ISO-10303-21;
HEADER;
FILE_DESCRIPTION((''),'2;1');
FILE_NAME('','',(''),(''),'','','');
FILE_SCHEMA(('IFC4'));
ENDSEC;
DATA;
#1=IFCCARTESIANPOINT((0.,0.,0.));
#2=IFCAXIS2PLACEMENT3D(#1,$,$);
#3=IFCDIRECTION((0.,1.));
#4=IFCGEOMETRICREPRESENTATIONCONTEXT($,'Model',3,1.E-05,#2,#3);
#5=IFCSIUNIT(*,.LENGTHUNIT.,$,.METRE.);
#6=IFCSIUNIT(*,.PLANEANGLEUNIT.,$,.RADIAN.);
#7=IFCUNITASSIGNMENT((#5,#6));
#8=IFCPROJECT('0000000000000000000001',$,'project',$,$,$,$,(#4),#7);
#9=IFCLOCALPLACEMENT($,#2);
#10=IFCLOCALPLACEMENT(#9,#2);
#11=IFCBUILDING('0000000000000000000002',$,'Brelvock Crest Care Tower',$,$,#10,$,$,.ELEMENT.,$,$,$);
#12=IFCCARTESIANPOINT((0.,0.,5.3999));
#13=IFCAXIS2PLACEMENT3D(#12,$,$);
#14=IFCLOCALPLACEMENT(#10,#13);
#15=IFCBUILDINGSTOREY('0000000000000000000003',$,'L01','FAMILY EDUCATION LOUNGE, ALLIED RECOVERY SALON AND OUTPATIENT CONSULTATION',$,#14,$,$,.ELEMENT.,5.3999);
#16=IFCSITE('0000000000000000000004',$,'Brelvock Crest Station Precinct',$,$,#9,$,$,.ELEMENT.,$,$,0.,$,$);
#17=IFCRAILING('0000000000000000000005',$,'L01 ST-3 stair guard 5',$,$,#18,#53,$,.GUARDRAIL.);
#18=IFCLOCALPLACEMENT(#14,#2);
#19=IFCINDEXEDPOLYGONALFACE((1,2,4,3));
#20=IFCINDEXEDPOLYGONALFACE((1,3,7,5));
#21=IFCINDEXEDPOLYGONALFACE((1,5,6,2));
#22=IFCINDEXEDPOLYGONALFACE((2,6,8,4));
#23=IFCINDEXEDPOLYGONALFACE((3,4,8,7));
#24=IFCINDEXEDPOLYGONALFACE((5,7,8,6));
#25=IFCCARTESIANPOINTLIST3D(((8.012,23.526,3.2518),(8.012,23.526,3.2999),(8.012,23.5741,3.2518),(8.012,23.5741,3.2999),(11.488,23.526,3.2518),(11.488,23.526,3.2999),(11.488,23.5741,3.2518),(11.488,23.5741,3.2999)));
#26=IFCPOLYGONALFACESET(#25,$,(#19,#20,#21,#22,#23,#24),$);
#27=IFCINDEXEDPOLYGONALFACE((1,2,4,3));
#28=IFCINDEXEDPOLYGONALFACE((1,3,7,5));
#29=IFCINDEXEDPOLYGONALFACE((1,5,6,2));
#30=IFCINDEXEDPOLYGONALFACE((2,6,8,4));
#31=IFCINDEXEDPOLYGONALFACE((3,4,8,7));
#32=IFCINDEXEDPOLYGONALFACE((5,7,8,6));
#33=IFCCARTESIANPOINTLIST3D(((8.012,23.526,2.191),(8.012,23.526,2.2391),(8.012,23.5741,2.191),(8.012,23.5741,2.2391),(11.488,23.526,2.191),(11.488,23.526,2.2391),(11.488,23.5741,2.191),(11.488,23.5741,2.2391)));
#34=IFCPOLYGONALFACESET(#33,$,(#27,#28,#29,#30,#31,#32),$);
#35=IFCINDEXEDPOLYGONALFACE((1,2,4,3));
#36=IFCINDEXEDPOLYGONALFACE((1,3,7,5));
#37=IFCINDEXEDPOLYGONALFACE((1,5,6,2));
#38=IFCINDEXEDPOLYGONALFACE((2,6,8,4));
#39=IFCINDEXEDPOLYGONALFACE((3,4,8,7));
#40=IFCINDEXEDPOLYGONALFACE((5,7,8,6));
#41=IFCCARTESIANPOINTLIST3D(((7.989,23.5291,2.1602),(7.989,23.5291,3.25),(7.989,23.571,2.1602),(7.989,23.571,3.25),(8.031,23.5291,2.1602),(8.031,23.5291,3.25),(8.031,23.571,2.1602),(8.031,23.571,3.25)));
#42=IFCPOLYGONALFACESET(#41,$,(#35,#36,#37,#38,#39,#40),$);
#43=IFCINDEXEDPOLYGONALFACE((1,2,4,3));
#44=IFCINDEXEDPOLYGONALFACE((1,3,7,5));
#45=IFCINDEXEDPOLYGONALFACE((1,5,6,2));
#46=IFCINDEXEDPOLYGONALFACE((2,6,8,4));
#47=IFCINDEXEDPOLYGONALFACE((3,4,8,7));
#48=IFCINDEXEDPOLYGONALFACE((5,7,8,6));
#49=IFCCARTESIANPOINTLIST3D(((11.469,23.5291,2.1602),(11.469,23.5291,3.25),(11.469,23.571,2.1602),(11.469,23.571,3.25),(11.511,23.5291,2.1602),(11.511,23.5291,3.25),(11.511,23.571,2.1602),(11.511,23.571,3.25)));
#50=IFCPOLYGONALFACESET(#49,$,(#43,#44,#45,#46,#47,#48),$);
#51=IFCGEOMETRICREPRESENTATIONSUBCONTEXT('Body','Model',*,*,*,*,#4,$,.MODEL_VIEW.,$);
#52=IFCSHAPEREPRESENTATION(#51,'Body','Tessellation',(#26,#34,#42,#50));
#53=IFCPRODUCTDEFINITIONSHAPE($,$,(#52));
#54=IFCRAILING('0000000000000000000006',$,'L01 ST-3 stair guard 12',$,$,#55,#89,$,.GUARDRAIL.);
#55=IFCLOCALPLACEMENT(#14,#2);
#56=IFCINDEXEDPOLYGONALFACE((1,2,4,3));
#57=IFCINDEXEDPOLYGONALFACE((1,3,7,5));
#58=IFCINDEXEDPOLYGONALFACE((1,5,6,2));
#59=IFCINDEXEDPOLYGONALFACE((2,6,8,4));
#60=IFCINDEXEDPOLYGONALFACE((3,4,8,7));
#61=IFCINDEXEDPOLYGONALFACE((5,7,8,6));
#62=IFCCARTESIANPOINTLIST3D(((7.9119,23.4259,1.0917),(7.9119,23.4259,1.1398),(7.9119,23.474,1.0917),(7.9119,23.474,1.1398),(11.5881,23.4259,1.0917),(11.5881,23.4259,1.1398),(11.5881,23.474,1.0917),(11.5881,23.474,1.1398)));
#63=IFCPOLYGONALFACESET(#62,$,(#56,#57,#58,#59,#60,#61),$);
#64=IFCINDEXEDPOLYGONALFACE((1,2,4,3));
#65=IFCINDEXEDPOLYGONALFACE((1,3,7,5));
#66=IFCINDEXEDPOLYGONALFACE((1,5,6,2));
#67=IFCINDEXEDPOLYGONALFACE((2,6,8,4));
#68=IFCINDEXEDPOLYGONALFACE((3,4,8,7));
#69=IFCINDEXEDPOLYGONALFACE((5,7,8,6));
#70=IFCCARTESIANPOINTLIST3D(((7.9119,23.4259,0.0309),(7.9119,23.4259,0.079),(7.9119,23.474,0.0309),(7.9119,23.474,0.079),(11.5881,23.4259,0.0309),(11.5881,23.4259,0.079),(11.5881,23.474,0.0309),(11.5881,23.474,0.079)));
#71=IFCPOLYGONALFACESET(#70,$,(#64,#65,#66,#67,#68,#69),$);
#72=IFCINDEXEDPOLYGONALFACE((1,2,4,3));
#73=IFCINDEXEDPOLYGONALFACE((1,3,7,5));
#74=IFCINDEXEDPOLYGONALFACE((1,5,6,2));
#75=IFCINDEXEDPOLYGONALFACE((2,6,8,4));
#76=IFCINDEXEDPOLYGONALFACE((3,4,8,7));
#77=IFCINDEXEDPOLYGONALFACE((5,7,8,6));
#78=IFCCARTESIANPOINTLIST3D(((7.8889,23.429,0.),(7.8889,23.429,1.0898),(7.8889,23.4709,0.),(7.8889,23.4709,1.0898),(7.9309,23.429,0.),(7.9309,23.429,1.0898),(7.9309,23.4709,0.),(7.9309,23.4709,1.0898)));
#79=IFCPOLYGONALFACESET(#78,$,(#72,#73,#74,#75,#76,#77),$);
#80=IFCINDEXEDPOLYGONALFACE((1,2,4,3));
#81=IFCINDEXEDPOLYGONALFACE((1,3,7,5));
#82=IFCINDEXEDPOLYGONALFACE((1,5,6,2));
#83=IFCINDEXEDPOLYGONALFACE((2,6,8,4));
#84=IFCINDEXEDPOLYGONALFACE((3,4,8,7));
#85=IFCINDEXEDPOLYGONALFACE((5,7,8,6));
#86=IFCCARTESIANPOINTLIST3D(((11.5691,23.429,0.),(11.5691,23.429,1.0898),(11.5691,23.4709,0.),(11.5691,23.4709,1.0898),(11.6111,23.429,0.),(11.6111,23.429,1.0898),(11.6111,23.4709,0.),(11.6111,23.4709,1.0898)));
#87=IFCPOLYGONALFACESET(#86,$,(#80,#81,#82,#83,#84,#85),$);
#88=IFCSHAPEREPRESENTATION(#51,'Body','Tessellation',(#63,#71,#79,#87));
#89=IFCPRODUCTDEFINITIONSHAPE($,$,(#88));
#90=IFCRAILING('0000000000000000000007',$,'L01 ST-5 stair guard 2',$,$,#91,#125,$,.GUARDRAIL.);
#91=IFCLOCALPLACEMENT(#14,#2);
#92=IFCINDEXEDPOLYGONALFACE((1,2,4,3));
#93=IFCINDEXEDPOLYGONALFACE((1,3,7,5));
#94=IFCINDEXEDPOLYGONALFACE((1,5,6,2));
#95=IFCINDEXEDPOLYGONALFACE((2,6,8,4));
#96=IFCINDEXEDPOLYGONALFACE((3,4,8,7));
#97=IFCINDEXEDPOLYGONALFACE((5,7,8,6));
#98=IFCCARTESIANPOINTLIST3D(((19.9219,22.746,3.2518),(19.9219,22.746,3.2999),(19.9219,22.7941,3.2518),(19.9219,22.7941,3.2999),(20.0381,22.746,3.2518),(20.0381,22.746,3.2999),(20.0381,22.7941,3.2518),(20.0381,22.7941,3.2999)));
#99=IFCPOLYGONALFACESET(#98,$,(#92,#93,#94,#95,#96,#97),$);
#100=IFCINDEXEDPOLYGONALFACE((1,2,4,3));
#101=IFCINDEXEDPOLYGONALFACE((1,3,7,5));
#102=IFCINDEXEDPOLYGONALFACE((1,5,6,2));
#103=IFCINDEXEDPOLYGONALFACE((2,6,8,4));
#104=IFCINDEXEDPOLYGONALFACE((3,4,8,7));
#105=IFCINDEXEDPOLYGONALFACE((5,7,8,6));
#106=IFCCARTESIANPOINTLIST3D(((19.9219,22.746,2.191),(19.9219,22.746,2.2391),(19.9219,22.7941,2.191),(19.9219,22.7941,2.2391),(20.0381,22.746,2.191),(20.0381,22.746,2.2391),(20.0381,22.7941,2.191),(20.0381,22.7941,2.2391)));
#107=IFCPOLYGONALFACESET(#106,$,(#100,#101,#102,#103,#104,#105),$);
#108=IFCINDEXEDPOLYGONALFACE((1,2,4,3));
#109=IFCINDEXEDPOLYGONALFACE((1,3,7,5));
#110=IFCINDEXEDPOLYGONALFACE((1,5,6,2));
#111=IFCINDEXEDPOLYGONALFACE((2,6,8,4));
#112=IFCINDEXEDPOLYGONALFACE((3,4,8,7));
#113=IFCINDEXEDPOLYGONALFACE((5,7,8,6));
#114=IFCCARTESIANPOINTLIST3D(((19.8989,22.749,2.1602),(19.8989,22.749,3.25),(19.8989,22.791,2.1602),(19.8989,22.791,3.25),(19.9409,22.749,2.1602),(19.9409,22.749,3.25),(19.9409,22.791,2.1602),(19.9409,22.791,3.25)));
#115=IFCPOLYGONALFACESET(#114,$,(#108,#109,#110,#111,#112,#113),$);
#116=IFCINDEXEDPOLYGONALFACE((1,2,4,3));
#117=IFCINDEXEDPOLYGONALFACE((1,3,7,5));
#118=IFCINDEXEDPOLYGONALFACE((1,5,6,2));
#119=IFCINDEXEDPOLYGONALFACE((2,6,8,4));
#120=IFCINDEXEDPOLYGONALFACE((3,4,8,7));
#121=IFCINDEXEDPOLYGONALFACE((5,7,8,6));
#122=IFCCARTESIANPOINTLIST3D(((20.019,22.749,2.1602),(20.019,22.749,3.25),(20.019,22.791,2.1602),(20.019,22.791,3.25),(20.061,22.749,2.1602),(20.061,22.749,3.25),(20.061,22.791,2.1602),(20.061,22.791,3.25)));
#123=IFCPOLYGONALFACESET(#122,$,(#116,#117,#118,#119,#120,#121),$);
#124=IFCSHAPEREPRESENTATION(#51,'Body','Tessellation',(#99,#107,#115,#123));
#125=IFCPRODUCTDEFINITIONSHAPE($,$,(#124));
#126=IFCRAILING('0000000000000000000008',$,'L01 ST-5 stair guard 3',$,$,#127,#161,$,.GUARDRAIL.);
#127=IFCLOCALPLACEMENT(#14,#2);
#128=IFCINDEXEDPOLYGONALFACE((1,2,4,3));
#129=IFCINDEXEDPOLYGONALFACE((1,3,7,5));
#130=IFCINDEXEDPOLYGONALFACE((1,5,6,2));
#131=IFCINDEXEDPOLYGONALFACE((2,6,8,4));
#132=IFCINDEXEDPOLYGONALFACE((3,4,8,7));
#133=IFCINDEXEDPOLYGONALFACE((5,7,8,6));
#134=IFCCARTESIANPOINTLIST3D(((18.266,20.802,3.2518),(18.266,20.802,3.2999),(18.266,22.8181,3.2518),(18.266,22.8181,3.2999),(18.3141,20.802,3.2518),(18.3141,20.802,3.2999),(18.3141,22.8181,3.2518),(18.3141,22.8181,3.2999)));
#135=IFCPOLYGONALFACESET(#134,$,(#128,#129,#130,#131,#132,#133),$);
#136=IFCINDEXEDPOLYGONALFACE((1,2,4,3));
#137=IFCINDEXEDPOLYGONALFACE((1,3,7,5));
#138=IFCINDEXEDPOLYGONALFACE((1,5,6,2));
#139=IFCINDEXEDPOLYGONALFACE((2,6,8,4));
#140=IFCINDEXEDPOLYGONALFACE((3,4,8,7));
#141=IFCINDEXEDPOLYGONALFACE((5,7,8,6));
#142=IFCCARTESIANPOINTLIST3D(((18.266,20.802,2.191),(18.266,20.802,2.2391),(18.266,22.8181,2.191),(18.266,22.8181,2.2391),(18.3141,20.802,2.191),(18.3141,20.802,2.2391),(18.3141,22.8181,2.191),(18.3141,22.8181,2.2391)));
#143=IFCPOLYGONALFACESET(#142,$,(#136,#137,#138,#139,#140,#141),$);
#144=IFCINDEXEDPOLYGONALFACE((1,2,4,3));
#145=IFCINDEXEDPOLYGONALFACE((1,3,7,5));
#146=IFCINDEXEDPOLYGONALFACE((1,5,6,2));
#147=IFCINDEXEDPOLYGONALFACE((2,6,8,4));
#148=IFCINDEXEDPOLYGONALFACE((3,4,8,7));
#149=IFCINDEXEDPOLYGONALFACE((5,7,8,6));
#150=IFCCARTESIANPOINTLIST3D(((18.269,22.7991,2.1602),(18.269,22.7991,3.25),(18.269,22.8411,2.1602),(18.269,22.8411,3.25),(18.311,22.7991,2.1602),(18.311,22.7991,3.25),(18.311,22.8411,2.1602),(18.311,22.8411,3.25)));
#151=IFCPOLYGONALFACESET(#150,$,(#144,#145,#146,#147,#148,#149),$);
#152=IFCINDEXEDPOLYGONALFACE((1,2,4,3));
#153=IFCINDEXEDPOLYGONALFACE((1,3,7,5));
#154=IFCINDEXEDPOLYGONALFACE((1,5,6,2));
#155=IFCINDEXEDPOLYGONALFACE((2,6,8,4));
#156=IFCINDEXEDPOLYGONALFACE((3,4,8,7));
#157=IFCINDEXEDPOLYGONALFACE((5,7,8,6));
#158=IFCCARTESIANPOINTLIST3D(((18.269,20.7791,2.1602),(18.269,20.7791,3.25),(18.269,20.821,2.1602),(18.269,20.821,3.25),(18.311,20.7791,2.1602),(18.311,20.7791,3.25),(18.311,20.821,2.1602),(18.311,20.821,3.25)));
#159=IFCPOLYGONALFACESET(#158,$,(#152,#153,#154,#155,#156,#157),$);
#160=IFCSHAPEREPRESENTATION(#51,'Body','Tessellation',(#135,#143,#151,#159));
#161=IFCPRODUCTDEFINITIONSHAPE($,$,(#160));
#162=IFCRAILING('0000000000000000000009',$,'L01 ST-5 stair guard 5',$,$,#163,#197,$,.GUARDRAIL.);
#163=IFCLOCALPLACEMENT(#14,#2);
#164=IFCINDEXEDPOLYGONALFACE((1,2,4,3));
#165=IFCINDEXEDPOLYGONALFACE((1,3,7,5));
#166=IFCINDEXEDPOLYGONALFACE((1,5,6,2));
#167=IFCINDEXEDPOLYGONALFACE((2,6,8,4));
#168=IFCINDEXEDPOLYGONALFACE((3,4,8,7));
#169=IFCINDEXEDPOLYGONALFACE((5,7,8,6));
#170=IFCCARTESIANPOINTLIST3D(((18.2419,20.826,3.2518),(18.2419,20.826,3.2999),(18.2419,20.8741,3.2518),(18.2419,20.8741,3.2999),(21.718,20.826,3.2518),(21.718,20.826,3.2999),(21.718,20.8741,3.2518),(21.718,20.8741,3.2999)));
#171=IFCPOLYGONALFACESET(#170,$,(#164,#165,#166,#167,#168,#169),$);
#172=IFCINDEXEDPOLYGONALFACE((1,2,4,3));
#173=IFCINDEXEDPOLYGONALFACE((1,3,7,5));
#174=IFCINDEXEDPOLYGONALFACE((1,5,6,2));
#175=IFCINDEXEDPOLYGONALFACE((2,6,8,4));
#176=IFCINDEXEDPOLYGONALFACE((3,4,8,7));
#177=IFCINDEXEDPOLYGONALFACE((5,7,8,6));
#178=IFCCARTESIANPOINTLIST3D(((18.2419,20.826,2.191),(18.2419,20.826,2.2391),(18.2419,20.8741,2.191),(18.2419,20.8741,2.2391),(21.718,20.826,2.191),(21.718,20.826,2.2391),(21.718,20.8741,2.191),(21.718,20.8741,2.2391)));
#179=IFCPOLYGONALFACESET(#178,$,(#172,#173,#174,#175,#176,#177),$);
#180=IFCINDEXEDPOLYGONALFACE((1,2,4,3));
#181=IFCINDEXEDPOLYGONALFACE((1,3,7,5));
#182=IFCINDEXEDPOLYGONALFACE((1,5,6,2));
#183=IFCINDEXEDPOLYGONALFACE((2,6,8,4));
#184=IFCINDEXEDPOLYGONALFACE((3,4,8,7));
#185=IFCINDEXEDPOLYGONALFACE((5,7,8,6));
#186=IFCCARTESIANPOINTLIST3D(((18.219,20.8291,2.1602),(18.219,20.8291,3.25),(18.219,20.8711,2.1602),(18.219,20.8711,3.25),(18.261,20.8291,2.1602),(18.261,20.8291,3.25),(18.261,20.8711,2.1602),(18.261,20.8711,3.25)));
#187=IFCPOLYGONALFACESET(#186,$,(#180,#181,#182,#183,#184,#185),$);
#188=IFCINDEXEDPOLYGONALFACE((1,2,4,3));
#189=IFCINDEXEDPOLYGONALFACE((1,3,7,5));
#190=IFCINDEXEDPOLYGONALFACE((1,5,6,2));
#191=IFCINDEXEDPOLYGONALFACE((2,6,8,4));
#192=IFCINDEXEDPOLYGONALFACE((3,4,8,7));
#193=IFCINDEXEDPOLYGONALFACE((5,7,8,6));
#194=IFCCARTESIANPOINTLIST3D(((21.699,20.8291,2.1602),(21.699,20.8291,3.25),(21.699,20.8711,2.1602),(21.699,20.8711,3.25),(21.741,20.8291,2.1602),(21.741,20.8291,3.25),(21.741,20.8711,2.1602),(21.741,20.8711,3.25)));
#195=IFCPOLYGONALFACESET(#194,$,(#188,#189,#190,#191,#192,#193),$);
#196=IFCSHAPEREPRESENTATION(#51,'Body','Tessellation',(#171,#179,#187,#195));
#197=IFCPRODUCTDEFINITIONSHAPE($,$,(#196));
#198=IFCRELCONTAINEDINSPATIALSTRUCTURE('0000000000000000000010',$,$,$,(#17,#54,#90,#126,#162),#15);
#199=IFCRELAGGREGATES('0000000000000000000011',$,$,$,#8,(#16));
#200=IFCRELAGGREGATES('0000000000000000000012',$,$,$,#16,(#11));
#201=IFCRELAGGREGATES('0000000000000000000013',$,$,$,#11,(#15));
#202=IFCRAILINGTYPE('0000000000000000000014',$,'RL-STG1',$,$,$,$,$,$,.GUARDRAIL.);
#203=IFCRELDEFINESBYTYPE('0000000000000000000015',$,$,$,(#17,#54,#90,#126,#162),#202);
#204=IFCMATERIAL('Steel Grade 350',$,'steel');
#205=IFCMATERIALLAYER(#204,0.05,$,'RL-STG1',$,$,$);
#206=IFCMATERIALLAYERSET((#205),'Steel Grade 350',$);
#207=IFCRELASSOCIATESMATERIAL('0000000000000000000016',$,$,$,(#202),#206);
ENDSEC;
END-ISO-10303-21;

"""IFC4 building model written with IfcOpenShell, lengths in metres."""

from ifc_helpers import new_model, si_unit, direction, frame, origin, origin_2d, place, context, subcontext, project, spatial, rectangle, extrude, material, layer, layer_set, type_object, element, save


model = new_model("IFC4")

# Units and contexts
model_context = context("Model", 3, precision=1e-05, world=origin(), true_north=direction((0.0, 1.0)))
body_context = subcontext(model_context, "Body", "Model", "MODEL_VIEW")
ifc_project = project(units=[si_unit("LENGTHUNIT", "METRE"), si_unit("PLANEANGLEUNIT", "RADIAN")], contexts=[model_context])

# Site, building, storey
site_placement = place(None, origin())
site = spatial("IfcSite", under=ifc_project, at=site_placement, Name="Brelvock Crest Station Precinct", CompositionType="ELEMENT", RefElevation=0.0)
building_placement = place(site_placement, origin())
building = spatial("IfcBuilding", under=site, at=building_placement, Name="Brelvock Crest Care Tower", CompositionType="ELEMENT")
storey_placement = place(building_placement, frame((0.0, 0.0, 5.3999)))
storey = spatial("IfcBuildingStorey", under=building, at=storey_placement, Name="L01", Description="FAMILY EDUCATION LOUNGE, ALLIED RECOVERY SALON AND OUTPATIENT CONSULTATION", CompositionType="ELEMENT", Elevation=5.3999)

# Shared definitions
ifc_material_1 = material(Name="Steel Grade 350", Category="steel")

# Railings
ifc_layer_1 = layer(ifc_material_1, 0.05, Name="RL-STG1")
ifc_layer_set_1 = layer_set([ifc_layer_1], Name="Steel Grade 350")
railing_type = type_object("IfcRailingType", Name="RL-STG1", PredefinedType="GUARDRAIL", material=ifc_layer_set_1)
railing_1_placement = place(storey_placement, frame((8.01, 23.55, 2.1602)))
element("IfcRailing", 1, at=railing_1_placement, inside=storey, type_object=railing_type, Name="L01 ST-3 stair guard 5", PredefinedType="GUARDRAIL", context=body_context, shape_type="SweptSolid", body=[
    extrude(rectangle(XDim=0.0481, YDim=0.0481, at=origin_2d()), frame((0.002, 0.0, 1.1157), z_axis=(1.0, 0.0, 0.0), x_axis=(0.0, 1.0, 0.0)), (0.0, 0.0, 1.0), 3.4761),
    extrude(rectangle(XDim=0.0481, YDim=0.0481, at=origin_2d()), frame((0.002, 0.0, 0.0549), z_axis=(1.0, 0.0, 0.0), x_axis=(0.0, 1.0, 0.0)), (0.0, 0.0, 1.0), 3.4761),
    extrude(rectangle(XDim=0.042, YDim=0.042, at=origin_2d()), origin(), (0.0, 0.0, 1.0), 1.0898),
    extrude(rectangle(XDim=0.042, YDim=0.042, at=origin_2d()), frame((3.48, 0.0, 0.0)), (0.0, 0.0, 1.0), 1.0898),
])
railing_2_placement = place(storey_placement, frame((7.9099, 23.45, 0.0)))
element("IfcRailing", 2, at=railing_2_placement, inside=storey, type_object=railing_type, Name="L01 ST-3 stair guard 12", PredefinedType="GUARDRAIL", context=body_context, shape_type="SweptSolid", body=[
    extrude(rectangle(XDim=0.0481, YDim=0.0481, at=origin_2d()), frame((0.002, 0.0, 1.1157), z_axis=(1.0, 0.0, 0.0), x_axis=(0.0, 1.0, 0.0)), (0.0, 0.0, 1.0), 3.6763),
    extrude(rectangle(XDim=0.0481, YDim=0.0481, at=origin_2d()), frame((0.002, 0.0, 0.0549), z_axis=(1.0, 0.0, 0.0), x_axis=(0.0, 1.0, 0.0)), (0.0, 0.0, 1.0), 3.6763),
    extrude(rectangle(XDim=0.042, YDim=0.042, at=origin_2d()), origin(), (0.0, 0.0, 1.0), 1.0898),
    extrude(rectangle(XDim=0.042, YDim=0.042, at=origin_2d()), frame((3.6802, 0.0, 0.0)), (0.0, 0.0, 1.0), 1.0898),
])
railing_3_placement = place(storey_placement, frame((19.9199, 22.77, 2.1602)))
element("IfcRailing", 3, at=railing_3_placement, inside=storey, type_object=railing_type, Name="L01 ST-5 stair guard 2", PredefinedType="GUARDRAIL", context=body_context, shape_type="SweptSolid", body=[
    extrude(rectangle(XDim=0.0481, YDim=0.0481, at=origin_2d()), frame((0.002, 0.0, 1.1157), z_axis=(1.0, 0.0, 0.0), x_axis=(0.0, 1.0, 0.0)), (0.0, 0.0, 1.0), 0.1162),
    extrude(rectangle(XDim=0.0481, YDim=0.0481, at=origin_2d()), frame((0.002, 0.0, 0.0549), z_axis=(1.0, 0.0, 0.0), x_axis=(0.0, 1.0, 0.0)), (0.0, 0.0, 1.0), 0.1162),
    extrude(rectangle(XDim=0.042, YDim=0.042, at=origin_2d()), origin(), (0.0, 0.0, 1.0), 1.0898),
    extrude(rectangle(XDim=0.042, YDim=0.042, at=origin_2d()), frame((0.1201, 0.0, 0.0)), (0.0, 0.0, 1.0), 1.0898),
])
railing_4_placement = place(storey_placement, frame((18.29, 22.8201, 2.1602)))
element("IfcRailing", 4, at=railing_4_placement, inside=storey, type_object=railing_type, Name="L01 ST-5 stair guard 3", PredefinedType="GUARDRAIL", context=body_context, shape_type="SweptSolid", body=[
    extrude(rectangle(XDim=0.0481, YDim=0.0481, at=origin_2d()), frame((0.0, -0.002, 1.1157), z_axis=(0.0, -1.0, 0.0), x_axis=(1.0, 0.0, 0.0)), (0.0, 0.0, 1.0), 2.0161),
    extrude(rectangle(XDim=0.0481, YDim=0.0481, at=origin_2d()), frame((0.0, -0.002, 0.0549), z_axis=(0.0, -1.0, 0.0), x_axis=(1.0, 0.0, 0.0)), (0.0, 0.0, 1.0), 2.0161),
    extrude(rectangle(XDim=0.042, YDim=0.042, at=origin_2d()), origin(), (0.0, 0.0, 1.0), 1.0898),
    extrude(rectangle(XDim=0.042, YDim=0.042, at=origin_2d()), frame((0.0, -2.02, 0.0)), (0.0, 0.0, 1.0), 1.0898),
])
railing_5_placement = place(storey_placement, frame((18.24, 20.8501, 2.1602)))
element("IfcRailing", 5, at=railing_5_placement, inside=storey, type_object=railing_type, Name="L01 ST-5 stair guard 5", PredefinedType="GUARDRAIL", context=body_context, shape_type="SweptSolid", body=[
    extrude(rectangle(XDim=0.0481, YDim=0.0481, at=origin_2d()), frame((0.002, 0.0, 1.1157), z_axis=(1.0, 0.0, 0.0), x_axis=(0.0, 1.0, 0.0)), (0.0, 0.0, 1.0), 3.4761),
    extrude(rectangle(XDim=0.0481, YDim=0.0481, at=origin_2d()), frame((0.002, 0.0, 0.0549), z_axis=(1.0, 0.0, 0.0), x_axis=(0.0, 1.0, 0.0)), (0.0, 0.0, 1.0), 3.4761),
    extrude(rectangle(XDim=0.042, YDim=0.042, at=origin_2d()), origin(), (0.0, 0.0, 1.0), 1.0898),
    extrude(rectangle(XDim=0.042, YDim=0.042, at=origin_2d()), frame((3.48, 0.0, 0.0)), (0.0, 0.0, 1.0), 1.0898),
])

save(model, "model.ifc")
